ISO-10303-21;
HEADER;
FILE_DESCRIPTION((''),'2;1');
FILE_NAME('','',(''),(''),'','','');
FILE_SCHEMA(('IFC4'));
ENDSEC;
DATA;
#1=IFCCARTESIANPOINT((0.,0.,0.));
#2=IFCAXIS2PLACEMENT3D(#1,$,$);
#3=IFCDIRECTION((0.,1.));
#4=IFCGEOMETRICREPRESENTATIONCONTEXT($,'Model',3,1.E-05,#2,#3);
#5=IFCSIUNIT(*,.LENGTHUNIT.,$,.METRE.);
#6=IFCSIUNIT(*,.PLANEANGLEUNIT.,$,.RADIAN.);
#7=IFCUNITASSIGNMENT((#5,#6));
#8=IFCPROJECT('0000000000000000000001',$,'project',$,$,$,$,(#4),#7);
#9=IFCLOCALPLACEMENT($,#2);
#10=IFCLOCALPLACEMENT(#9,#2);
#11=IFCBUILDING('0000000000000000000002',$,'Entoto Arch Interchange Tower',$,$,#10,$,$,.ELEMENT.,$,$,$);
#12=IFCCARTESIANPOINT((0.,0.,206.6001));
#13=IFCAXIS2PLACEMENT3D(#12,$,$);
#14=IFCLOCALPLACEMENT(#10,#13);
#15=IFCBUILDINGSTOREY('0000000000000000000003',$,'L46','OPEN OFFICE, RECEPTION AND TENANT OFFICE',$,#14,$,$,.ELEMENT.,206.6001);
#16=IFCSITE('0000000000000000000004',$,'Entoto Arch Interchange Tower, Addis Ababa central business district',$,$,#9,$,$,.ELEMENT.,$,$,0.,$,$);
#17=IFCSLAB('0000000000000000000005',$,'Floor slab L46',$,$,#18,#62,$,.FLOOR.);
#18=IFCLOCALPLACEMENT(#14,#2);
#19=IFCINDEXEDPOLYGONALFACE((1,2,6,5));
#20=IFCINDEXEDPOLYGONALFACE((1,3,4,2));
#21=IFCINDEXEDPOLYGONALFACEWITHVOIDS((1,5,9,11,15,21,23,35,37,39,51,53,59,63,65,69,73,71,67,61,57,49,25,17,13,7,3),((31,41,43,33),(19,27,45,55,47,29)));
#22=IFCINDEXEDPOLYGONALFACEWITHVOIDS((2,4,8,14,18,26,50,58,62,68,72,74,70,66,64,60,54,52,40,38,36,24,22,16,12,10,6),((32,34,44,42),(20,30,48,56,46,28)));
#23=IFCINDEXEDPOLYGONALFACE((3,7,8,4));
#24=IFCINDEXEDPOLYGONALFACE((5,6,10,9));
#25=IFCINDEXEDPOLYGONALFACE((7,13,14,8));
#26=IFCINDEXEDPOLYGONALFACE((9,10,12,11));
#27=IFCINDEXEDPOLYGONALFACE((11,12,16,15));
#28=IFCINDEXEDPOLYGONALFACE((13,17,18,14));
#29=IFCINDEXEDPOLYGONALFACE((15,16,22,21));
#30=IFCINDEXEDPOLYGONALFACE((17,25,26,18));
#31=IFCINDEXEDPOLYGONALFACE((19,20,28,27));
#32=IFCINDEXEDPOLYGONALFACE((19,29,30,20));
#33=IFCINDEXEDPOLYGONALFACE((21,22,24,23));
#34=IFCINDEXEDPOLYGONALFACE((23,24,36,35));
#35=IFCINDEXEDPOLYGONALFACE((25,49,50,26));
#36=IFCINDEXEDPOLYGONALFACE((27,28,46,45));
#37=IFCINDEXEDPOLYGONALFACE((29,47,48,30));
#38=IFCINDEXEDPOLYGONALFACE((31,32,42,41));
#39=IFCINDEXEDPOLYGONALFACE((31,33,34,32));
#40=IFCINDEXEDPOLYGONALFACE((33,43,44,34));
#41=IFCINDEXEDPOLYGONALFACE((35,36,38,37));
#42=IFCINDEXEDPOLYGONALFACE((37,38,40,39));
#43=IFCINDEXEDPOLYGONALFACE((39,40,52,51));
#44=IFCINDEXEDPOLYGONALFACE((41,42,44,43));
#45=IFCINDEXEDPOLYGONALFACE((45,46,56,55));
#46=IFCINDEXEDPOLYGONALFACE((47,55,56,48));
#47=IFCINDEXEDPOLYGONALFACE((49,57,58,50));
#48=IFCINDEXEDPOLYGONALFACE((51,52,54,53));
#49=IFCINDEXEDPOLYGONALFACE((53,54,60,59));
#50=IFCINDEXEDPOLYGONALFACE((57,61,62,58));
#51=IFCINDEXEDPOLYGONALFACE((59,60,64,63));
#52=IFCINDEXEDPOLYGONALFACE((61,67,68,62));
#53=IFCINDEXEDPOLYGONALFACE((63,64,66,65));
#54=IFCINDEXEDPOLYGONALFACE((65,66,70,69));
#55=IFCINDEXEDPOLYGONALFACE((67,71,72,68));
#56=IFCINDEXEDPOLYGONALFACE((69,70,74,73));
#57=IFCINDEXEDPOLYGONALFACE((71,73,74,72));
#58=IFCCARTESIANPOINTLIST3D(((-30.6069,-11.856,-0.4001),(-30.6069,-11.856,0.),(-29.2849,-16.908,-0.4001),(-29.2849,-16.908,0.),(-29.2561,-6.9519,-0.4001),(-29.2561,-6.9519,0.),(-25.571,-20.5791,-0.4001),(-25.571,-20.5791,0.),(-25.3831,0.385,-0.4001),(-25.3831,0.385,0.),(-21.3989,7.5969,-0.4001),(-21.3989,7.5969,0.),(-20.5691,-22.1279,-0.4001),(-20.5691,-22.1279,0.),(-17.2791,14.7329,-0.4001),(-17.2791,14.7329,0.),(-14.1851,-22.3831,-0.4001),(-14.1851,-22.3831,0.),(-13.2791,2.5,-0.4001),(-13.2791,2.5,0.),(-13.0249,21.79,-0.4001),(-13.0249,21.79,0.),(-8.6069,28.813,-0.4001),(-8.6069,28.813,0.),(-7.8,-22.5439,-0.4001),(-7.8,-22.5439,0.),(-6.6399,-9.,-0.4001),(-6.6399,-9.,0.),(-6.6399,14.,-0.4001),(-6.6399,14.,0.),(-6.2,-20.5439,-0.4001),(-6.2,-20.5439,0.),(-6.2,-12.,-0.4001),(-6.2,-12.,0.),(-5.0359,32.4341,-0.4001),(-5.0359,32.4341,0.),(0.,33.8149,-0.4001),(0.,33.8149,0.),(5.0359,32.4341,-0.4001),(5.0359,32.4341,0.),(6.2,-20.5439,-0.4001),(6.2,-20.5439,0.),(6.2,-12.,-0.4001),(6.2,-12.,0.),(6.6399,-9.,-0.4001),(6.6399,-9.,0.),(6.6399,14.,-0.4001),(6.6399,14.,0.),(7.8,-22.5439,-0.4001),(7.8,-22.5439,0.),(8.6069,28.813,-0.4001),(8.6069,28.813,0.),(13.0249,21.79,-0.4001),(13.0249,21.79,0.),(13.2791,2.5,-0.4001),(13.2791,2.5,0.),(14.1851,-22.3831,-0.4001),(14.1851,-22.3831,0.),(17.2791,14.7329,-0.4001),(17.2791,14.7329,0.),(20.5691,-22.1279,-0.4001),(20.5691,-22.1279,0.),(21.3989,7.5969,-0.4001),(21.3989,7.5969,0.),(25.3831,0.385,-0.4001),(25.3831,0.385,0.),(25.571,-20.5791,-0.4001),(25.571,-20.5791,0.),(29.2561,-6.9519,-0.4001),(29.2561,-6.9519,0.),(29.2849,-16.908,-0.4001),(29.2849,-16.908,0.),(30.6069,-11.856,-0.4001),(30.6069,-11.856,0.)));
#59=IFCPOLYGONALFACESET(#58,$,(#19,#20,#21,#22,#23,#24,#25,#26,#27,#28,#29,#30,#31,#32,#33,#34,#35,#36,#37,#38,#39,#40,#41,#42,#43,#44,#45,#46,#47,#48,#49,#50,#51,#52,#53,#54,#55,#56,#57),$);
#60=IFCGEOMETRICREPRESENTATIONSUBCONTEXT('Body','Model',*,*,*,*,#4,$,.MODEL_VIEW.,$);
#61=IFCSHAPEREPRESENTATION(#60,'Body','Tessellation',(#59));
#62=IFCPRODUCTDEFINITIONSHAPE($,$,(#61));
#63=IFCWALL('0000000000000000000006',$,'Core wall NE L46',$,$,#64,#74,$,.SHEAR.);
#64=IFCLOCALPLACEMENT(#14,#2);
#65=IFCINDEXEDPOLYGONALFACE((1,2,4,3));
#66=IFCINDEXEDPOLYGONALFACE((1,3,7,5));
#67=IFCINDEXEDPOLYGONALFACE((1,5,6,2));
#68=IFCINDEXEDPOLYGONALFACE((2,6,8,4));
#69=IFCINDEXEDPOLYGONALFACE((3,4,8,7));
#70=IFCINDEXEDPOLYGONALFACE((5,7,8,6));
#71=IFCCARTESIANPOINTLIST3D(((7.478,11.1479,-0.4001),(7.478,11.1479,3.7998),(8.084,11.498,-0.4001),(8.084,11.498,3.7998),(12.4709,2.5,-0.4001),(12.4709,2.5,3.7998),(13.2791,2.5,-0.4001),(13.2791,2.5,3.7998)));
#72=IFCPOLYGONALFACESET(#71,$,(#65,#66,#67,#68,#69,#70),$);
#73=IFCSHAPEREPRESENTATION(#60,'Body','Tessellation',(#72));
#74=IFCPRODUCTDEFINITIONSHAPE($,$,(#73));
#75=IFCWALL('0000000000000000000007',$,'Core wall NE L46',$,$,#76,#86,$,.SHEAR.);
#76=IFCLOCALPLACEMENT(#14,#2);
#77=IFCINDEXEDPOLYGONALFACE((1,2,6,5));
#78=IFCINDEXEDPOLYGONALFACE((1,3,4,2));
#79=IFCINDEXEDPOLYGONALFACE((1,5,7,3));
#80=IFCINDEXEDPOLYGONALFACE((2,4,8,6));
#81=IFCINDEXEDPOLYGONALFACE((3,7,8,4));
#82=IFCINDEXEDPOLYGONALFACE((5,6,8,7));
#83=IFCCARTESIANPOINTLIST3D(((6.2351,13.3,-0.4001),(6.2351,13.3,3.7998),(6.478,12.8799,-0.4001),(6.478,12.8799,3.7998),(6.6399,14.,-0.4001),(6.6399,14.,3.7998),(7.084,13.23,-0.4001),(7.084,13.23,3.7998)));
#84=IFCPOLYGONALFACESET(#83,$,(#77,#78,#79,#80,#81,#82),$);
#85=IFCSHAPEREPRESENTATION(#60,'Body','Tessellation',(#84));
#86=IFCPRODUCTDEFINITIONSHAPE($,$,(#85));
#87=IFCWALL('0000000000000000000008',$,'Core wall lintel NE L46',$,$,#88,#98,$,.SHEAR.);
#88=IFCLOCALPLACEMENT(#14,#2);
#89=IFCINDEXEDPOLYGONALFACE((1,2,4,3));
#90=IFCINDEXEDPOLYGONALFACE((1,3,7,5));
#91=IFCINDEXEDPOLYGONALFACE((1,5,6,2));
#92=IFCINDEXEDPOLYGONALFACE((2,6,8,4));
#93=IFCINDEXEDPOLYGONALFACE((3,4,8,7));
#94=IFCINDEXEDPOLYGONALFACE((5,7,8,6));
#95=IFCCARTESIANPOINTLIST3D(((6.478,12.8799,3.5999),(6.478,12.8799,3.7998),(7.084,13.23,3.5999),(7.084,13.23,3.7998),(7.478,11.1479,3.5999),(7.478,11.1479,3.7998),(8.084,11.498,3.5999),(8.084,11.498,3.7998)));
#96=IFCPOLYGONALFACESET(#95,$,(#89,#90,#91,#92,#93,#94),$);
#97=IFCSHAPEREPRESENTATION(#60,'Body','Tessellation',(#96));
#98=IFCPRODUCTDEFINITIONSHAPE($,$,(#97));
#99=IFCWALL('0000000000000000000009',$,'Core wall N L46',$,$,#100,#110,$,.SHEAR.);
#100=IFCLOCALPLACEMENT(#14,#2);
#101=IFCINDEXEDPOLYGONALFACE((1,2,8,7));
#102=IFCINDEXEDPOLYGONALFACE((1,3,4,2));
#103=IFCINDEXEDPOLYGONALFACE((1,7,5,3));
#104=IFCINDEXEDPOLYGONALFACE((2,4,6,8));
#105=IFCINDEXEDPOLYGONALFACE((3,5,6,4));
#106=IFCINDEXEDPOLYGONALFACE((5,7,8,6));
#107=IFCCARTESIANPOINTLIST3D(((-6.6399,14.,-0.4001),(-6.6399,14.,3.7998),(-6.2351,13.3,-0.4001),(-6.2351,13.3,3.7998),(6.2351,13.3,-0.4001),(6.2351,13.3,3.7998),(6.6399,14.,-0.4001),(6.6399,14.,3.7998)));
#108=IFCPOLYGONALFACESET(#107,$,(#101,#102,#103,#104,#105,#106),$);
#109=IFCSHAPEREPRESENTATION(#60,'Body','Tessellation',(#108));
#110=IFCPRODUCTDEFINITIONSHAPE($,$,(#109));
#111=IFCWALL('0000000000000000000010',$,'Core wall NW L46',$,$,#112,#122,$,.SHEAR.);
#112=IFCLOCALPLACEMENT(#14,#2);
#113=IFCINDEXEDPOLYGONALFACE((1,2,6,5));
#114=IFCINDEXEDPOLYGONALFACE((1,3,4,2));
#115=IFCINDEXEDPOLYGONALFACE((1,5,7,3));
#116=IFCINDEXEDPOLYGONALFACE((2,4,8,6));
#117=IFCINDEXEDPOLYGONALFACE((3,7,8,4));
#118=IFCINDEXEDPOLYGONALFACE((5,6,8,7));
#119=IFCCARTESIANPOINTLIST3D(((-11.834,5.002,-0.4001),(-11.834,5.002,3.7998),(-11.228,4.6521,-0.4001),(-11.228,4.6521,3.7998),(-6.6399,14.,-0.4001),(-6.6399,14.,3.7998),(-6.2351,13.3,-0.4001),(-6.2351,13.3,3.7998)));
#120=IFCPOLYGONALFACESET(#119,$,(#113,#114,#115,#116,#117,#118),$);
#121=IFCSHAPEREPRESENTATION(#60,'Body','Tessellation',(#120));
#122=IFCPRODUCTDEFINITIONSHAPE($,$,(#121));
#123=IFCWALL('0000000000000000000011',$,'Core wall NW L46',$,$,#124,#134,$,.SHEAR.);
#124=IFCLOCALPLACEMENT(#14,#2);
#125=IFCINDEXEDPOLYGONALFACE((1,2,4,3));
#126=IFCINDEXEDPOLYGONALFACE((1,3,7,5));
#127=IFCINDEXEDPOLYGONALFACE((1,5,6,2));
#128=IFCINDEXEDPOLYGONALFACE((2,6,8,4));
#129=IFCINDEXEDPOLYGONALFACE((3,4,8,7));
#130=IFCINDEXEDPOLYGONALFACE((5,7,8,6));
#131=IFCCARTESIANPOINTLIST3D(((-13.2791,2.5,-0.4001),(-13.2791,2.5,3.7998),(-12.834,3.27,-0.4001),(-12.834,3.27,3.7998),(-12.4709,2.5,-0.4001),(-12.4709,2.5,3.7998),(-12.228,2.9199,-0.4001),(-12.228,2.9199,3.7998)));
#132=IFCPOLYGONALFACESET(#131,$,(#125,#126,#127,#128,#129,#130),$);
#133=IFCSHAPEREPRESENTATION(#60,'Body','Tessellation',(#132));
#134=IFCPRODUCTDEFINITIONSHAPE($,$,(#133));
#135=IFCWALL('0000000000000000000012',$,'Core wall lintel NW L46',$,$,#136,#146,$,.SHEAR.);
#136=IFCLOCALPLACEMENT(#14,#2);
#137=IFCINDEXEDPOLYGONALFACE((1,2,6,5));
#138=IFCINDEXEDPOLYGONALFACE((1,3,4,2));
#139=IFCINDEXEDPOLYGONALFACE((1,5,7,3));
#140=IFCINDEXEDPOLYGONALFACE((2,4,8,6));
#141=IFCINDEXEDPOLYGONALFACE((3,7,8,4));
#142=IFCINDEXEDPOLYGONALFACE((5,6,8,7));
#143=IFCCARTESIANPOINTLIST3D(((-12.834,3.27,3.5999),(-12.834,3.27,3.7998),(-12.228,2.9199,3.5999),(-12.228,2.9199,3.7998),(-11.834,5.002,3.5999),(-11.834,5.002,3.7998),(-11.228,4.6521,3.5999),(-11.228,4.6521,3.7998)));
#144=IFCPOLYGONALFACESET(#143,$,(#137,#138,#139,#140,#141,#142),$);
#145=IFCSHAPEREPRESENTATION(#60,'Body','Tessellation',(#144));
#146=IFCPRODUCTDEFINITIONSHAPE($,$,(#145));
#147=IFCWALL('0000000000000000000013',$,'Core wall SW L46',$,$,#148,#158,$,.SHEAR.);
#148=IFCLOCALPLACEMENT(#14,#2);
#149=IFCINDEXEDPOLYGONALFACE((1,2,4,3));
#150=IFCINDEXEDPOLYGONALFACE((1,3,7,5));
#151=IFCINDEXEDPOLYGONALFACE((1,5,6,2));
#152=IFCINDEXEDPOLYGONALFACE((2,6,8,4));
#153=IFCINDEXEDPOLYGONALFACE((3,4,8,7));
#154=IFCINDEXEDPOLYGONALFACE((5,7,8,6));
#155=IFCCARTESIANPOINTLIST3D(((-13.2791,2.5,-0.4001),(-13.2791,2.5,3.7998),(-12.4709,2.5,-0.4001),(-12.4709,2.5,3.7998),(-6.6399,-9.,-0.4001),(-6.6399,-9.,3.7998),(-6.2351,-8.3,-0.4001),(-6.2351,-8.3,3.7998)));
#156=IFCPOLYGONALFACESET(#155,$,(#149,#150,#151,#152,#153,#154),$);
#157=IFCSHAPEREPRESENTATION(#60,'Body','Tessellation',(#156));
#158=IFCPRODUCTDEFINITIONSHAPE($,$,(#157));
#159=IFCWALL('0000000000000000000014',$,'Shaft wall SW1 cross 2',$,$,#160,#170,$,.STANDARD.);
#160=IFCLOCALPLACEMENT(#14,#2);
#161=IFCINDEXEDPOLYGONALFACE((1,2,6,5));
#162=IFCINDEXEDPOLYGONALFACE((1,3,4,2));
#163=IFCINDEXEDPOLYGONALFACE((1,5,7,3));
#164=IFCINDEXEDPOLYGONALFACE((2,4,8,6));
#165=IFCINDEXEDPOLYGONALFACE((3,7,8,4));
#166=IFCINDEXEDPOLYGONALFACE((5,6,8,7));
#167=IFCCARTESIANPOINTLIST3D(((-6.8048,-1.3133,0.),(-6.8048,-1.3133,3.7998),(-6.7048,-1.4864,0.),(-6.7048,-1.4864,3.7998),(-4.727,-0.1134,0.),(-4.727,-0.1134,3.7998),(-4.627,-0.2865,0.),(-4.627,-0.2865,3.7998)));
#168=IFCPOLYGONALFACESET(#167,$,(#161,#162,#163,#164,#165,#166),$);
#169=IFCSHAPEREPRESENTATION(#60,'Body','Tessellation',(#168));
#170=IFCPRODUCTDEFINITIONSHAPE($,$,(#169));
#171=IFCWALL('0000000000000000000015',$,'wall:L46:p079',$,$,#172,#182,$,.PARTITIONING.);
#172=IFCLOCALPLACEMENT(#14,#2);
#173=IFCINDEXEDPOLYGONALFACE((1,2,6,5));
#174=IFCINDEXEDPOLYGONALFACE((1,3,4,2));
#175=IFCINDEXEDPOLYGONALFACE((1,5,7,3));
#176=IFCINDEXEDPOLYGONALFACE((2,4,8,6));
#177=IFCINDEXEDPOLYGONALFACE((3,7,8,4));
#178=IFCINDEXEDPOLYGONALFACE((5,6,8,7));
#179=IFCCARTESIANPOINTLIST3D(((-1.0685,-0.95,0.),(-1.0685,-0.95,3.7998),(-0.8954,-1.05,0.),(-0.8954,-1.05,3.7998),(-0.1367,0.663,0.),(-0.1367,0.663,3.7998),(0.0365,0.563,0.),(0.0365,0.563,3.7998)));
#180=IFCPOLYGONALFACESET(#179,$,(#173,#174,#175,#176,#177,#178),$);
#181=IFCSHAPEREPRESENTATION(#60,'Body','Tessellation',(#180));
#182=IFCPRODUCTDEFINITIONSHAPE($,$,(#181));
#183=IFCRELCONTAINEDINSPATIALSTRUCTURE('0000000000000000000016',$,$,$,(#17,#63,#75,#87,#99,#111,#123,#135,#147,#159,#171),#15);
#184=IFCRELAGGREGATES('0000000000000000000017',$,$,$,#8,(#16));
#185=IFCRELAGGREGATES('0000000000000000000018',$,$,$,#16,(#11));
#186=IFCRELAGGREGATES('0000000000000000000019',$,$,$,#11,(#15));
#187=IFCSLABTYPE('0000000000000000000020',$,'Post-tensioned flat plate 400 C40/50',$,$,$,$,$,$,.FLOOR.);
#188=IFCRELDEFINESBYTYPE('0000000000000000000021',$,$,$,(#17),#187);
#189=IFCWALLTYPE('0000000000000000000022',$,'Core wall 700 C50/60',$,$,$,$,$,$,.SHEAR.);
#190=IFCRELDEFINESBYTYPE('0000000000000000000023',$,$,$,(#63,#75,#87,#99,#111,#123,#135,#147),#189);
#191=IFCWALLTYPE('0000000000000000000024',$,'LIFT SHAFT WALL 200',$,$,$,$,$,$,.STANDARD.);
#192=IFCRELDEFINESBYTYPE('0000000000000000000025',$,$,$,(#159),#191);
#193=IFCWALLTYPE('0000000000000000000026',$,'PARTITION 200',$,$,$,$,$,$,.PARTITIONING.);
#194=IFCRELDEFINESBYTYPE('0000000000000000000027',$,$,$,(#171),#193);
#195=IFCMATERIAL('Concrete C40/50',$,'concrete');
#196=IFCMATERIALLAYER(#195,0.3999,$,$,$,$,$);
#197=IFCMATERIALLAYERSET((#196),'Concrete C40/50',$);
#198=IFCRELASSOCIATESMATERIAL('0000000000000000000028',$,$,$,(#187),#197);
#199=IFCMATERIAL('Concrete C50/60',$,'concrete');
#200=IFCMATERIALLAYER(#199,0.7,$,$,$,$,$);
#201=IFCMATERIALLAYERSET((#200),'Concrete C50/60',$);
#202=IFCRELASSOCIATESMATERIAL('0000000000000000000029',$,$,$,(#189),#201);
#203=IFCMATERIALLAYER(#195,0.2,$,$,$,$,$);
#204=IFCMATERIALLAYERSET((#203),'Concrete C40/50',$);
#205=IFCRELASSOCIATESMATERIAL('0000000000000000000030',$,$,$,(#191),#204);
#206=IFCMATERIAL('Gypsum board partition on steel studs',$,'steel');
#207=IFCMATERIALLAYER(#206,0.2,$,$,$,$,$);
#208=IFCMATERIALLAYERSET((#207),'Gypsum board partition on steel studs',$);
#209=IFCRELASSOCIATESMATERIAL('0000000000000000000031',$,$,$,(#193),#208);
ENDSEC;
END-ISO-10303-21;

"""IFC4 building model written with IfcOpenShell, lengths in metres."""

from ifc_helpers import new_model, si_unit, direction, frame, frame_2d, origin, place, context, subcontext, project, spatial, polyline, rectangle, outline, extrude, material, layer, layer_set, type_object, element, save


model = new_model("IFC4")

# Units and contexts
model_context = context("Model", 3, precision=1e-05, world=origin(), true_north=direction((0.0, 1.0)))
body_context = subcontext(model_context, "Body", "Model", "MODEL_VIEW")
ifc_project = project(units=[si_unit("LENGTHUNIT", "METRE"), si_unit("PLANEANGLEUNIT", "RADIAN")], contexts=[model_context])

# Site, building, storey
site_placement = place(None, origin())
site = spatial("IfcSite", under=ifc_project, at=site_placement, Name="Entoto Arch Interchange Tower, Addis Ababa central business district", CompositionType="ELEMENT", RefElevation=0.0)
building_placement = place(site_placement, origin())
building = spatial("IfcBuilding", under=site, at=building_placement, Name="Entoto Arch Interchange Tower", CompositionType="ELEMENT")
storey_placement = place(building_placement, frame((0.0, 0.0, 206.6001)))
storey = spatial("IfcBuildingStorey", under=building, at=storey_placement, Name="L46", Description="OPEN OFFICE, RECEPTION AND TENANT OFFICE", CompositionType="ELEMENT", Elevation=206.6001)

# Slab
ifc_material_1 = material(Name="Concrete C40/50", Category="concrete")
ifc_layer_1 = layer(ifc_material_1, 0.3999)
ifc_layer_set_1 = layer_set([ifc_layer_1], Name="Concrete C40/50")
slab_type = type_object("IfcSlabType", Name="Post-tensioned flat plate 400 C40/50", PredefinedType="FLOOR", material=ifc_layer_set_1)
slab_placement = place(storey_placement, frame((0.0, 0.0, -0.4001)))
element("IfcSlab", 1, at=slab_placement, inside=storey, type_object=slab_type, Name="Floor slab L46", PredefinedType="FLOOR", context=body_context, shape_type="SweptSolid", body=[
    extrude(outline(polyline([(-20.5691, -22.1279), (-14.1851, -22.3831), (-7.8, -22.5439), (7.8, -22.5439), (14.1851, -22.3831), (20.5691, -22.1279), (25.571, -20.5791), (29.2849, -16.908), (30.6069, -11.856), (29.2561, -6.9519), (25.3831, 0.385), (21.3989, 7.5969), (17.2791, 14.7329), (13.0249, 21.79), (8.6069, 28.813), (5.0359, 32.4341), (0.0, 33.8149), (-5.0359, 32.4341), (-8.6069, 28.813), (-13.0249, 21.79), (-17.2791, 14.7329), (-21.3989, 7.5969), (-25.3831, 0.385), (-29.2561, -6.9519), (-30.6069, -11.856), (-29.2849, -16.908), (-25.571, -20.5791), (-20.5691, -22.1279)]), holes=[polyline([(6.2, -20.5439), (6.2, -12.0), (-6.2, -12.0), (-6.2, -20.5439), (6.2, -20.5439)]), polyline([(13.2791, 2.5), (6.6399, 14.0), (-6.6399, 14.0), (-13.2791, 2.5), (-6.6399, -9.0), (6.6399, -9.0), (13.2791, 2.5)])]), origin(), (0.0, 0.0, 1.0), 0.4001),
])

# Walls
ifc_material_2 = material(Name="Concrete C50/60", Category="concrete")
ifc_layer_2 = layer(ifc_material_2, 0.7)
ifc_layer_set_2 = layer_set([ifc_layer_2], Name="Concrete C50/60")
wall_type_1 = type_object("IfcWallType", Name="Core wall 700 C50/60", PredefinedType="SHEAR", material=ifc_layer_set_2)
wall_1_placement = place(storey_placement, frame((0.0, 0.0, -0.4001)))
element("IfcWall", 2, at=wall_1_placement, inside=storey, type_object=wall_type_1, Name="Core wall NE L46", PredefinedType="SHEAR", context=body_context, shape_type="SweptSolid", body=[
    extrude(outline(polyline([(8.084, 11.498), (7.478, 11.1479), (12.4709, 2.5), (13.2791, 2.5), (8.084, 11.498)])), origin(), (0.0, 0.0, 1.0), 4.2),
])
wall_2_placement = place(storey_placement, frame((0.0, 0.0, -0.4001)))
element("IfcWall", 3, at=wall_2_placement, inside=storey, type_object=wall_type_1, Name="Core wall NE L46", PredefinedType="SHEAR", context=body_context, shape_type="SweptSolid", body=[
    extrude(outline(polyline([(6.478, 12.8799), (7.084, 13.23), (6.6399, 14.0), (6.2351, 13.3), (6.478, 12.8799)])), origin(), (0.0, 0.0, 1.0), 4.2),
])
wall_3_placement = place(storey_placement, frame((0.0, 0.0, 3.5999)))
element("IfcWall", 4, at=wall_3_placement, inside=storey, type_object=wall_type_1, Name="Core wall lintel NE L46", PredefinedType="SHEAR", context=body_context, shape_type="SweptSolid", body=[
    extrude(outline(polyline([(7.084, 13.23), (6.478, 12.8799), (7.478, 11.1479), (8.084, 11.498), (7.084, 13.23)])), origin(), (0.0, 0.0, 1.0), 0.2),
])
wall_4_placement = place(storey_placement, frame((0.0, 0.0, -0.4001)))
element("IfcWall", 5, at=wall_4_placement, inside=storey, type_object=wall_type_1, Name="Core wall N L46", PredefinedType="SHEAR", context=body_context, shape_type="SweptSolid", body=[
    extrude(outline(polyline([(6.6399, 14.0), (-6.6399, 14.0), (-6.2351, 13.3), (6.2351, 13.3), (6.6399, 14.0)])), origin(), (0.0, 0.0, 1.0), 4.2),
])
wall_5_placement = place(storey_placement, frame((0.0, 0.0, -0.4001)))
element("IfcWall", 6, at=wall_5_placement, inside=storey, type_object=wall_type_1, Name="Core wall NW L46", PredefinedType="SHEAR", context=body_context, shape_type="SweptSolid", body=[
    extrude(outline(polyline([(-11.834, 5.002), (-11.228, 4.6521), (-6.2351, 13.3), (-6.6399, 14.0), (-11.834, 5.002)])), origin(), (0.0, 0.0, 1.0), 4.2),
])
wall_6_placement = place(storey_placement, frame((0.0, 0.0, -0.4001)))
element("IfcWall", 7, at=wall_6_placement, inside=storey, type_object=wall_type_1, Name="Core wall NW L46", PredefinedType="SHEAR", context=body_context, shape_type="SweptSolid", body=[
    extrude(outline(polyline([(-12.228, 2.9199), (-12.834, 3.27), (-13.2791, 2.5), (-12.4709, 2.5), (-12.228, 2.9199)])), origin(), (0.0, 0.0, 1.0), 4.2),
])
wall_7_placement = place(storey_placement, frame((0.0, 0.0, 3.5999)))
element("IfcWall", 8, at=wall_7_placement, inside=storey, type_object=wall_type_1, Name="Core wall lintel NW L46", PredefinedType="SHEAR", context=body_context, shape_type="SweptSolid", body=[
    extrude(outline(polyline([(-12.834, 3.27), (-12.228, 2.9199), (-11.228, 4.6521), (-11.834, 5.002), (-12.834, 3.27)])), origin(), (0.0, 0.0, 1.0), 0.2),
])
wall_8_placement = place(storey_placement, frame((0.0, 0.0, -0.4001)))
element("IfcWall", 9, at=wall_8_placement, inside=storey, type_object=wall_type_1, Name="Core wall SW L46", PredefinedType="SHEAR", context=body_context, shape_type="SweptSolid", body=[
    extrude(outline(polyline([(-13.2791, 2.5), (-6.6399, -9.0), (-6.2351, -8.3), (-12.4709, 2.5), (-13.2791, 2.5)])), origin(), (0.0, 0.0, 1.0), 4.2),
])
ifc_layer_3 = layer(ifc_material_1, 0.2)
ifc_layer_set_3 = layer_set([ifc_layer_3], Name="Concrete C40/50")
wall_type_2 = type_object("IfcWallType", Name="LIFT SHAFT WALL 200", PredefinedType="STANDARD", material=ifc_layer_set_3)
wall_9_placement = place(storey_placement, frame((-4.677, -0.2, 0.0), z_axis=(0.0, 0.0, 1.0), x_axis=(-0.865974, -0.500089, 0.0)))
element("IfcWall", 10, at=wall_9_placement, inside=storey, type_object=wall_type_2, Name="Shaft wall SW1 cross 2", PredefinedType="STANDARD", context=body_context, shape_type="SweptSolid", body=[
    extrude(rectangle(XDim=2.3994, YDim=0.2, at=frame_2d((1.1997, 0.0))), origin(), (0.0, 0.0, 1.0), 3.7998),
])
ifc_material_3 = material(Name="Gypsum board partition on steel studs", Category="steel")
ifc_layer_4 = layer(ifc_material_3, 0.2)
ifc_layer_set_4 = layer_set([ifc_layer_4], Name="Gypsum board partition on steel studs")
wall_type_3 = type_object("IfcWallType", Name="PARTITION 200", PredefinedType="PARTITIONING", material=ifc_layer_set_4)
wall_10_placement = place(storey_placement, frame((-0.9819, -1.0, 0.0), z_axis=(0.0, 0.0, 1.0), x_axis=(0.50024, 0.865887, 0.0)))
element("IfcWall", 11, at=wall_10_placement, inside=storey, type_object=wall_type_3, Name="wall:L46:p079", PredefinedType="PARTITIONING", context=body_context, shape_type="SweptSolid", body=[
    extrude(rectangle(XDim=1.8628, YDim=0.2, at=frame_2d((0.9314, 0.0))), origin(), (0.0, 0.0, 1.0), 3.7998),
])

save(model, "model.ifc")
